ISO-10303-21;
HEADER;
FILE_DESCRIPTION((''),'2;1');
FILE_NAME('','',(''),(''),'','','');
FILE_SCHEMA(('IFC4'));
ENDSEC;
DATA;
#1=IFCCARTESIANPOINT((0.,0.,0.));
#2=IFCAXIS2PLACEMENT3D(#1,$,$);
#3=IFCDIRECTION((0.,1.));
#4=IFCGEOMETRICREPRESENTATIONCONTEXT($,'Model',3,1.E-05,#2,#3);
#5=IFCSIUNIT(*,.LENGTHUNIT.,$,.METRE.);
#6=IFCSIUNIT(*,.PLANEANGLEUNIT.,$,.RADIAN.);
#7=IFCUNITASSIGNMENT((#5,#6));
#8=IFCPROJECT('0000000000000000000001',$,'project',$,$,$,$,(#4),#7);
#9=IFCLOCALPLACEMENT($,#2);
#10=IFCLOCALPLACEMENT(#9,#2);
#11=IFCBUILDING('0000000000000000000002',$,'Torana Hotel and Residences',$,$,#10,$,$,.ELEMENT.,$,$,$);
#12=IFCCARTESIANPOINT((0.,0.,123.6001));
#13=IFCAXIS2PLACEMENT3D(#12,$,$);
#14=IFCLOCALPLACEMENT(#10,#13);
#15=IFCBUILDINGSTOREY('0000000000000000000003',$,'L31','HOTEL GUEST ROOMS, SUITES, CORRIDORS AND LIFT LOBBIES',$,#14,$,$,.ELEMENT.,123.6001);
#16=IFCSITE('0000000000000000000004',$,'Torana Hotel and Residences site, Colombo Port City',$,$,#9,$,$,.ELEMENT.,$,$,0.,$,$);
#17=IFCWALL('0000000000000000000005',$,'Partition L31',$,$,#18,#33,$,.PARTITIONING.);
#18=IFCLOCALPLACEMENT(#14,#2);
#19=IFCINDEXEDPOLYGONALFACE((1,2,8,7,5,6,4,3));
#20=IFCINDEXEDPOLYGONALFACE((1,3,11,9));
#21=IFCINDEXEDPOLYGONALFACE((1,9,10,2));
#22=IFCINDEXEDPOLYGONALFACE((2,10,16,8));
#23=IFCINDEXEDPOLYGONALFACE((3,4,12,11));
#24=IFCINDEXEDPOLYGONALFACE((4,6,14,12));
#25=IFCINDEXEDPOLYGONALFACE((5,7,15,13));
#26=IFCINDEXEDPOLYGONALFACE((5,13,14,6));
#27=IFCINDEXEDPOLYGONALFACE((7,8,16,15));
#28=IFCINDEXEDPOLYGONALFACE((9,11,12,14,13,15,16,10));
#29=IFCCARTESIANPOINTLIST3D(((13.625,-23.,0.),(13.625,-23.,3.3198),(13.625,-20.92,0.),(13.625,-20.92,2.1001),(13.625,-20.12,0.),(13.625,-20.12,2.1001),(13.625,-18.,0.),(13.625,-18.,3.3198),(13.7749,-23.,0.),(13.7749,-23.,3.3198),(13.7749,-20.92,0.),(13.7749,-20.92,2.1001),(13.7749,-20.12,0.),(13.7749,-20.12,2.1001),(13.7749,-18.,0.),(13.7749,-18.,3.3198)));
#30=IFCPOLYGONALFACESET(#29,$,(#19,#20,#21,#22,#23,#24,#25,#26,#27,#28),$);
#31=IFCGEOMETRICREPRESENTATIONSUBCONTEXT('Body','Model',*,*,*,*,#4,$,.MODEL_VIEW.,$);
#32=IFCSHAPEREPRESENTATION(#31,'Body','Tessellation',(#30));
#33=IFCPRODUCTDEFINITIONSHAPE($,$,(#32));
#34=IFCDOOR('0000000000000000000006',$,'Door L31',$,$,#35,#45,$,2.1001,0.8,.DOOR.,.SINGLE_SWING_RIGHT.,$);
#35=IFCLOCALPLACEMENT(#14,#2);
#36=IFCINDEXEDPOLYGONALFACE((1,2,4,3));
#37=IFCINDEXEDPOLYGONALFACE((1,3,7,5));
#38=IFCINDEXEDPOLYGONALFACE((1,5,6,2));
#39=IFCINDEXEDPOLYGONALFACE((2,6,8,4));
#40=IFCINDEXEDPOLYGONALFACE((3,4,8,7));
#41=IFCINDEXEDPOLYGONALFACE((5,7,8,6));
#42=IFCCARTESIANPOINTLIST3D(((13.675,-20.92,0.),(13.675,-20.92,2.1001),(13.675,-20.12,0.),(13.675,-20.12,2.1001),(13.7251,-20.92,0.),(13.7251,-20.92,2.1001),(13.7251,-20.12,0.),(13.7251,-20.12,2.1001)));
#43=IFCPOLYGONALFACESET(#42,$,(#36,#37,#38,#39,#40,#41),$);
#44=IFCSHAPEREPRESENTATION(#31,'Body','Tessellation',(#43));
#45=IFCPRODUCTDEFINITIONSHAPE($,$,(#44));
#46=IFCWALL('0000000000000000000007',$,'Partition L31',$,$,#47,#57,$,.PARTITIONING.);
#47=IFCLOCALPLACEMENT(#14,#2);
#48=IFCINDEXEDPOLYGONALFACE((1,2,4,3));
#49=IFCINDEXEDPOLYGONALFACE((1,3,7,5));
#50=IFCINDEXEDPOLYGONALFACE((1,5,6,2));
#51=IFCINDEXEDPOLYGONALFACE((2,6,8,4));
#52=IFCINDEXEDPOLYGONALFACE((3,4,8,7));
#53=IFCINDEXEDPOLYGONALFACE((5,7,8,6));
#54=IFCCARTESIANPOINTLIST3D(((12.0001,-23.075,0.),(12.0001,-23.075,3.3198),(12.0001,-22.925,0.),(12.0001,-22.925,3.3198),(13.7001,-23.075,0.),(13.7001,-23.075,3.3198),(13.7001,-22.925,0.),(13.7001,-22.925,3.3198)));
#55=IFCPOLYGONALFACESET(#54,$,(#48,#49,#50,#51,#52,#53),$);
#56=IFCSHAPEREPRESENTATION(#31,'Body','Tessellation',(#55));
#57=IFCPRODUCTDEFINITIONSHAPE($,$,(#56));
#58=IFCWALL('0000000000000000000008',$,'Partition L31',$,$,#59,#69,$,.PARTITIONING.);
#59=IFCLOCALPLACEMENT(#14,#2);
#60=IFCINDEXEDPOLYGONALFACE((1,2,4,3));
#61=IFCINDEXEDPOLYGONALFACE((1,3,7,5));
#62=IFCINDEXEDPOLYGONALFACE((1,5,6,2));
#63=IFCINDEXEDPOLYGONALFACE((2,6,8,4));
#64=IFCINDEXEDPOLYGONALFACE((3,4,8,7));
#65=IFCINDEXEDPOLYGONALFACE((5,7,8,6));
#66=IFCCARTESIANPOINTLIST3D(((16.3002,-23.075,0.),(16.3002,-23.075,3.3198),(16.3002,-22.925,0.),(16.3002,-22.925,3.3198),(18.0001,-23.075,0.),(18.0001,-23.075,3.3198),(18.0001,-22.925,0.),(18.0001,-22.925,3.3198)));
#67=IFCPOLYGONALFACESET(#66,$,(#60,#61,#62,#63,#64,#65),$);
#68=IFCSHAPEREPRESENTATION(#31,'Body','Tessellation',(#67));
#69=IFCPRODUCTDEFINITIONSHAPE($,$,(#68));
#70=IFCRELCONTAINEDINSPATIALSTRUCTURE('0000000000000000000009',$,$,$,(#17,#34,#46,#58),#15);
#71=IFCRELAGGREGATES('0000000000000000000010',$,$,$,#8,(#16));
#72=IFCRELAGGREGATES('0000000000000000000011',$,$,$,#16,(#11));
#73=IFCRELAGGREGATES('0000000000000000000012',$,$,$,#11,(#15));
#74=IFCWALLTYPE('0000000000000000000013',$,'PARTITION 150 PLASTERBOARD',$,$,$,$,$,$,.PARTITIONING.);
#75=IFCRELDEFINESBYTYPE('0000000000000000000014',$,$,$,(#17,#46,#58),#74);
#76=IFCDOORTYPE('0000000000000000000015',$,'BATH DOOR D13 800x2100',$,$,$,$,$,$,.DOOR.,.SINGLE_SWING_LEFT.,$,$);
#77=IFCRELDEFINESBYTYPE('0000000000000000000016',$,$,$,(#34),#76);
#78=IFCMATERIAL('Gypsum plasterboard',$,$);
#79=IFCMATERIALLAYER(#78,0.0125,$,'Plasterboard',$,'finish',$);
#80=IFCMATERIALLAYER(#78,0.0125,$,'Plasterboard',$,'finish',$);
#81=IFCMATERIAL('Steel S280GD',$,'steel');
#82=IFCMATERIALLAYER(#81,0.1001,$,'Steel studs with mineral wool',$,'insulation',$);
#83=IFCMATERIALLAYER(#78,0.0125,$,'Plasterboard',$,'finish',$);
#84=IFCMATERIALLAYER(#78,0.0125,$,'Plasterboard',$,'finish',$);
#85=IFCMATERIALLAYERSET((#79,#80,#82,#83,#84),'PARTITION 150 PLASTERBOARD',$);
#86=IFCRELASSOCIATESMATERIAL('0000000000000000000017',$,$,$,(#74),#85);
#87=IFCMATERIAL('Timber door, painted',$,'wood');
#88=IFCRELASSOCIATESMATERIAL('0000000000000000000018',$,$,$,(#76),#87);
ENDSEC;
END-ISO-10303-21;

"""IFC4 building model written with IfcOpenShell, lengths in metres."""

from ifc_helpers import new_model, si_unit, direction, frame, frame_2d, origin, place, context, subcontext, project, spatial, rectangle, extrude, material, layer, layer_set, type_object, element, fill, save


model = new_model("IFC4")

# Units and contexts
model_context = context("Model", 3, precision=1e-05, world=origin(), true_north=direction((0.0, 1.0)))
body_context = subcontext(model_context, "Body", "Model", "MODEL_VIEW")
ifc_project = project(units=[si_unit("LENGTHUNIT", "METRE"), si_unit("PLANEANGLEUNIT", "RADIAN")], contexts=[model_context])

# Site, building, storey
site_placement = place(None, origin())
site = spatial("IfcSite", under=ifc_project, at=site_placement, Name="Torana Hotel and Residences site, Colombo Port City", CompositionType="ELEMENT", RefElevation=0.0)
building_placement = place(site_placement, origin())
building = spatial("IfcBuilding", under=site, at=building_placement, Name="Torana Hotel and Residences", CompositionType="ELEMENT")
storey_placement = place(building_placement, frame((0.0, 0.0, 123.6001)))
storey = spatial("IfcBuildingStorey", under=building, at=storey_placement, Name="L31", Description="HOTEL GUEST ROOMS, SUITES, CORRIDORS AND LIFT LOBBIES", CompositionType="ELEMENT", Elevation=123.6001)

# Wall, opening, door
ifc_material_1 = material(Name="Gypsum plasterboard")
ifc_layer_1 = layer(ifc_material_1, 0.0125, Name="Plasterboard", Category="finish")
ifc_layer_2 = layer(ifc_material_1, 0.0125, Name="Plasterboard", Category="finish")
ifc_material_2 = material(Name="Steel S280GD", Category="steel")
ifc_layer_3 = layer(ifc_material_2, 0.1001, Name="Steel studs with mineral wool", Category="insulation")
ifc_layer_4 = layer(ifc_material_1, 0.0125, Name="Plasterboard", Category="finish")
ifc_layer_5 = layer(ifc_material_1, 0.0125, Name="Plasterboard", Category="finish")
ifc_layer_set_1 = layer_set([ifc_layer_1, ifc_layer_2, ifc_layer_3, ifc_layer_4, ifc_layer_5], Name="PARTITION 150 PLASTERBOARD")
wall_type_1 = type_object("IfcWallType", Name="PARTITION 150 PLASTERBOARD", PredefinedType="PARTITIONING", material=ifc_layer_set_1)
ifc_material_3 = material(Name="Timber door, painted", Category="wood")
door_type_1 = type_object("IfcDoorType", Name="BATH DOOR D13 800x2100", OperationType="SINGLE_SWING_LEFT", PredefinedType="DOOR", material=ifc_material_3)
wall_1_placement = place(storey_placement, frame((13.7, -23.0, 0.0), z_axis=(0.0, 0.0, 1.0), x_axis=(0.0, 1.0, 0.0)))
wall_1 = element("IfcWall", 1, at=wall_1_placement, inside=storey, type_object=wall_type_1, Name="Partition L31", PredefinedType="PARTITIONING", context=body_context, shape_type="SweptSolid", body=[
    extrude(rectangle(XDim=5.0, YDim=0.1499, at=frame_2d((2.5, 0.0))), origin(), (0.0, 0.0, 1.0), 3.3198),
])
opening_1_placement = place(wall_1_placement, frame((2.0801, 0.0, 0.0)))
opening_1 = element("IfcOpeningElement", 2, at=opening_1_placement, cuts=wall_1, PredefinedType="OPENING", context=body_context, shape_type="SweptSolid", body=[
    extrude(rectangle(XDim=0.8, YDim=2.1001, at=frame_2d((0.3999, 1.05))), frame((0.0, 0.085, 0.0), z_axis=(0.0, -1.0, 0.0), x_axis=(1.0, 0.0, 0.0)), (0.0, 0.0, 1.0), 0.1699),
])
door_1_placement = place(opening_1_placement, origin())
door_1 = element("IfcDoor", 3, at=door_1_placement, inside=storey, type_object=door_type_1, Name="Door L31", OperationType="SINGLE_SWING_RIGHT", OverallHeight=2.1001, OverallWidth=0.8, PredefinedType="DOOR", context=body_context, shape_type="SweptSolid", body=[
    extrude(rectangle(XDim=0.8, YDim=2.1001, at=frame_2d((0.3999, 1.05))), frame((0.0, 0.0249, 0.0), z_axis=(0.0, -1.0, 0.0), x_axis=(1.0, 0.0, 0.0)), (0.0, 0.0, 1.0), 0.05),
])
fill(opening_1, door_1)

# Walls
for number, where, z_axis, x_axis, name in (
    (4, (12.0, -23.0, 0.0), (0.0, 0.0, 1.0), (1.0, 0.0, 0.0), "Partition L31"),
    (5, (16.3, -23.0, 0.0), (0.0, 0.0, 1.0), (1.0, 0.0, 0.0), "Partition L31"),
):
    element("IfcWall", number, at=place(storey_placement, frame(where, z_axis=z_axis, x_axis=x_axis)), inside=storey, type_object=wall_type_1, Name=name, PredefinedType="PARTITIONING", context=body_context, shape_type="SweptSolid", body=[
        extrude(rectangle(XDim=1.7, YDim=0.1499, at=frame_2d((0.8501, 0.0))), origin(), (0.0, 0.0, 1.0), 3.3198),
    ])

save(model, "model.ifc")
